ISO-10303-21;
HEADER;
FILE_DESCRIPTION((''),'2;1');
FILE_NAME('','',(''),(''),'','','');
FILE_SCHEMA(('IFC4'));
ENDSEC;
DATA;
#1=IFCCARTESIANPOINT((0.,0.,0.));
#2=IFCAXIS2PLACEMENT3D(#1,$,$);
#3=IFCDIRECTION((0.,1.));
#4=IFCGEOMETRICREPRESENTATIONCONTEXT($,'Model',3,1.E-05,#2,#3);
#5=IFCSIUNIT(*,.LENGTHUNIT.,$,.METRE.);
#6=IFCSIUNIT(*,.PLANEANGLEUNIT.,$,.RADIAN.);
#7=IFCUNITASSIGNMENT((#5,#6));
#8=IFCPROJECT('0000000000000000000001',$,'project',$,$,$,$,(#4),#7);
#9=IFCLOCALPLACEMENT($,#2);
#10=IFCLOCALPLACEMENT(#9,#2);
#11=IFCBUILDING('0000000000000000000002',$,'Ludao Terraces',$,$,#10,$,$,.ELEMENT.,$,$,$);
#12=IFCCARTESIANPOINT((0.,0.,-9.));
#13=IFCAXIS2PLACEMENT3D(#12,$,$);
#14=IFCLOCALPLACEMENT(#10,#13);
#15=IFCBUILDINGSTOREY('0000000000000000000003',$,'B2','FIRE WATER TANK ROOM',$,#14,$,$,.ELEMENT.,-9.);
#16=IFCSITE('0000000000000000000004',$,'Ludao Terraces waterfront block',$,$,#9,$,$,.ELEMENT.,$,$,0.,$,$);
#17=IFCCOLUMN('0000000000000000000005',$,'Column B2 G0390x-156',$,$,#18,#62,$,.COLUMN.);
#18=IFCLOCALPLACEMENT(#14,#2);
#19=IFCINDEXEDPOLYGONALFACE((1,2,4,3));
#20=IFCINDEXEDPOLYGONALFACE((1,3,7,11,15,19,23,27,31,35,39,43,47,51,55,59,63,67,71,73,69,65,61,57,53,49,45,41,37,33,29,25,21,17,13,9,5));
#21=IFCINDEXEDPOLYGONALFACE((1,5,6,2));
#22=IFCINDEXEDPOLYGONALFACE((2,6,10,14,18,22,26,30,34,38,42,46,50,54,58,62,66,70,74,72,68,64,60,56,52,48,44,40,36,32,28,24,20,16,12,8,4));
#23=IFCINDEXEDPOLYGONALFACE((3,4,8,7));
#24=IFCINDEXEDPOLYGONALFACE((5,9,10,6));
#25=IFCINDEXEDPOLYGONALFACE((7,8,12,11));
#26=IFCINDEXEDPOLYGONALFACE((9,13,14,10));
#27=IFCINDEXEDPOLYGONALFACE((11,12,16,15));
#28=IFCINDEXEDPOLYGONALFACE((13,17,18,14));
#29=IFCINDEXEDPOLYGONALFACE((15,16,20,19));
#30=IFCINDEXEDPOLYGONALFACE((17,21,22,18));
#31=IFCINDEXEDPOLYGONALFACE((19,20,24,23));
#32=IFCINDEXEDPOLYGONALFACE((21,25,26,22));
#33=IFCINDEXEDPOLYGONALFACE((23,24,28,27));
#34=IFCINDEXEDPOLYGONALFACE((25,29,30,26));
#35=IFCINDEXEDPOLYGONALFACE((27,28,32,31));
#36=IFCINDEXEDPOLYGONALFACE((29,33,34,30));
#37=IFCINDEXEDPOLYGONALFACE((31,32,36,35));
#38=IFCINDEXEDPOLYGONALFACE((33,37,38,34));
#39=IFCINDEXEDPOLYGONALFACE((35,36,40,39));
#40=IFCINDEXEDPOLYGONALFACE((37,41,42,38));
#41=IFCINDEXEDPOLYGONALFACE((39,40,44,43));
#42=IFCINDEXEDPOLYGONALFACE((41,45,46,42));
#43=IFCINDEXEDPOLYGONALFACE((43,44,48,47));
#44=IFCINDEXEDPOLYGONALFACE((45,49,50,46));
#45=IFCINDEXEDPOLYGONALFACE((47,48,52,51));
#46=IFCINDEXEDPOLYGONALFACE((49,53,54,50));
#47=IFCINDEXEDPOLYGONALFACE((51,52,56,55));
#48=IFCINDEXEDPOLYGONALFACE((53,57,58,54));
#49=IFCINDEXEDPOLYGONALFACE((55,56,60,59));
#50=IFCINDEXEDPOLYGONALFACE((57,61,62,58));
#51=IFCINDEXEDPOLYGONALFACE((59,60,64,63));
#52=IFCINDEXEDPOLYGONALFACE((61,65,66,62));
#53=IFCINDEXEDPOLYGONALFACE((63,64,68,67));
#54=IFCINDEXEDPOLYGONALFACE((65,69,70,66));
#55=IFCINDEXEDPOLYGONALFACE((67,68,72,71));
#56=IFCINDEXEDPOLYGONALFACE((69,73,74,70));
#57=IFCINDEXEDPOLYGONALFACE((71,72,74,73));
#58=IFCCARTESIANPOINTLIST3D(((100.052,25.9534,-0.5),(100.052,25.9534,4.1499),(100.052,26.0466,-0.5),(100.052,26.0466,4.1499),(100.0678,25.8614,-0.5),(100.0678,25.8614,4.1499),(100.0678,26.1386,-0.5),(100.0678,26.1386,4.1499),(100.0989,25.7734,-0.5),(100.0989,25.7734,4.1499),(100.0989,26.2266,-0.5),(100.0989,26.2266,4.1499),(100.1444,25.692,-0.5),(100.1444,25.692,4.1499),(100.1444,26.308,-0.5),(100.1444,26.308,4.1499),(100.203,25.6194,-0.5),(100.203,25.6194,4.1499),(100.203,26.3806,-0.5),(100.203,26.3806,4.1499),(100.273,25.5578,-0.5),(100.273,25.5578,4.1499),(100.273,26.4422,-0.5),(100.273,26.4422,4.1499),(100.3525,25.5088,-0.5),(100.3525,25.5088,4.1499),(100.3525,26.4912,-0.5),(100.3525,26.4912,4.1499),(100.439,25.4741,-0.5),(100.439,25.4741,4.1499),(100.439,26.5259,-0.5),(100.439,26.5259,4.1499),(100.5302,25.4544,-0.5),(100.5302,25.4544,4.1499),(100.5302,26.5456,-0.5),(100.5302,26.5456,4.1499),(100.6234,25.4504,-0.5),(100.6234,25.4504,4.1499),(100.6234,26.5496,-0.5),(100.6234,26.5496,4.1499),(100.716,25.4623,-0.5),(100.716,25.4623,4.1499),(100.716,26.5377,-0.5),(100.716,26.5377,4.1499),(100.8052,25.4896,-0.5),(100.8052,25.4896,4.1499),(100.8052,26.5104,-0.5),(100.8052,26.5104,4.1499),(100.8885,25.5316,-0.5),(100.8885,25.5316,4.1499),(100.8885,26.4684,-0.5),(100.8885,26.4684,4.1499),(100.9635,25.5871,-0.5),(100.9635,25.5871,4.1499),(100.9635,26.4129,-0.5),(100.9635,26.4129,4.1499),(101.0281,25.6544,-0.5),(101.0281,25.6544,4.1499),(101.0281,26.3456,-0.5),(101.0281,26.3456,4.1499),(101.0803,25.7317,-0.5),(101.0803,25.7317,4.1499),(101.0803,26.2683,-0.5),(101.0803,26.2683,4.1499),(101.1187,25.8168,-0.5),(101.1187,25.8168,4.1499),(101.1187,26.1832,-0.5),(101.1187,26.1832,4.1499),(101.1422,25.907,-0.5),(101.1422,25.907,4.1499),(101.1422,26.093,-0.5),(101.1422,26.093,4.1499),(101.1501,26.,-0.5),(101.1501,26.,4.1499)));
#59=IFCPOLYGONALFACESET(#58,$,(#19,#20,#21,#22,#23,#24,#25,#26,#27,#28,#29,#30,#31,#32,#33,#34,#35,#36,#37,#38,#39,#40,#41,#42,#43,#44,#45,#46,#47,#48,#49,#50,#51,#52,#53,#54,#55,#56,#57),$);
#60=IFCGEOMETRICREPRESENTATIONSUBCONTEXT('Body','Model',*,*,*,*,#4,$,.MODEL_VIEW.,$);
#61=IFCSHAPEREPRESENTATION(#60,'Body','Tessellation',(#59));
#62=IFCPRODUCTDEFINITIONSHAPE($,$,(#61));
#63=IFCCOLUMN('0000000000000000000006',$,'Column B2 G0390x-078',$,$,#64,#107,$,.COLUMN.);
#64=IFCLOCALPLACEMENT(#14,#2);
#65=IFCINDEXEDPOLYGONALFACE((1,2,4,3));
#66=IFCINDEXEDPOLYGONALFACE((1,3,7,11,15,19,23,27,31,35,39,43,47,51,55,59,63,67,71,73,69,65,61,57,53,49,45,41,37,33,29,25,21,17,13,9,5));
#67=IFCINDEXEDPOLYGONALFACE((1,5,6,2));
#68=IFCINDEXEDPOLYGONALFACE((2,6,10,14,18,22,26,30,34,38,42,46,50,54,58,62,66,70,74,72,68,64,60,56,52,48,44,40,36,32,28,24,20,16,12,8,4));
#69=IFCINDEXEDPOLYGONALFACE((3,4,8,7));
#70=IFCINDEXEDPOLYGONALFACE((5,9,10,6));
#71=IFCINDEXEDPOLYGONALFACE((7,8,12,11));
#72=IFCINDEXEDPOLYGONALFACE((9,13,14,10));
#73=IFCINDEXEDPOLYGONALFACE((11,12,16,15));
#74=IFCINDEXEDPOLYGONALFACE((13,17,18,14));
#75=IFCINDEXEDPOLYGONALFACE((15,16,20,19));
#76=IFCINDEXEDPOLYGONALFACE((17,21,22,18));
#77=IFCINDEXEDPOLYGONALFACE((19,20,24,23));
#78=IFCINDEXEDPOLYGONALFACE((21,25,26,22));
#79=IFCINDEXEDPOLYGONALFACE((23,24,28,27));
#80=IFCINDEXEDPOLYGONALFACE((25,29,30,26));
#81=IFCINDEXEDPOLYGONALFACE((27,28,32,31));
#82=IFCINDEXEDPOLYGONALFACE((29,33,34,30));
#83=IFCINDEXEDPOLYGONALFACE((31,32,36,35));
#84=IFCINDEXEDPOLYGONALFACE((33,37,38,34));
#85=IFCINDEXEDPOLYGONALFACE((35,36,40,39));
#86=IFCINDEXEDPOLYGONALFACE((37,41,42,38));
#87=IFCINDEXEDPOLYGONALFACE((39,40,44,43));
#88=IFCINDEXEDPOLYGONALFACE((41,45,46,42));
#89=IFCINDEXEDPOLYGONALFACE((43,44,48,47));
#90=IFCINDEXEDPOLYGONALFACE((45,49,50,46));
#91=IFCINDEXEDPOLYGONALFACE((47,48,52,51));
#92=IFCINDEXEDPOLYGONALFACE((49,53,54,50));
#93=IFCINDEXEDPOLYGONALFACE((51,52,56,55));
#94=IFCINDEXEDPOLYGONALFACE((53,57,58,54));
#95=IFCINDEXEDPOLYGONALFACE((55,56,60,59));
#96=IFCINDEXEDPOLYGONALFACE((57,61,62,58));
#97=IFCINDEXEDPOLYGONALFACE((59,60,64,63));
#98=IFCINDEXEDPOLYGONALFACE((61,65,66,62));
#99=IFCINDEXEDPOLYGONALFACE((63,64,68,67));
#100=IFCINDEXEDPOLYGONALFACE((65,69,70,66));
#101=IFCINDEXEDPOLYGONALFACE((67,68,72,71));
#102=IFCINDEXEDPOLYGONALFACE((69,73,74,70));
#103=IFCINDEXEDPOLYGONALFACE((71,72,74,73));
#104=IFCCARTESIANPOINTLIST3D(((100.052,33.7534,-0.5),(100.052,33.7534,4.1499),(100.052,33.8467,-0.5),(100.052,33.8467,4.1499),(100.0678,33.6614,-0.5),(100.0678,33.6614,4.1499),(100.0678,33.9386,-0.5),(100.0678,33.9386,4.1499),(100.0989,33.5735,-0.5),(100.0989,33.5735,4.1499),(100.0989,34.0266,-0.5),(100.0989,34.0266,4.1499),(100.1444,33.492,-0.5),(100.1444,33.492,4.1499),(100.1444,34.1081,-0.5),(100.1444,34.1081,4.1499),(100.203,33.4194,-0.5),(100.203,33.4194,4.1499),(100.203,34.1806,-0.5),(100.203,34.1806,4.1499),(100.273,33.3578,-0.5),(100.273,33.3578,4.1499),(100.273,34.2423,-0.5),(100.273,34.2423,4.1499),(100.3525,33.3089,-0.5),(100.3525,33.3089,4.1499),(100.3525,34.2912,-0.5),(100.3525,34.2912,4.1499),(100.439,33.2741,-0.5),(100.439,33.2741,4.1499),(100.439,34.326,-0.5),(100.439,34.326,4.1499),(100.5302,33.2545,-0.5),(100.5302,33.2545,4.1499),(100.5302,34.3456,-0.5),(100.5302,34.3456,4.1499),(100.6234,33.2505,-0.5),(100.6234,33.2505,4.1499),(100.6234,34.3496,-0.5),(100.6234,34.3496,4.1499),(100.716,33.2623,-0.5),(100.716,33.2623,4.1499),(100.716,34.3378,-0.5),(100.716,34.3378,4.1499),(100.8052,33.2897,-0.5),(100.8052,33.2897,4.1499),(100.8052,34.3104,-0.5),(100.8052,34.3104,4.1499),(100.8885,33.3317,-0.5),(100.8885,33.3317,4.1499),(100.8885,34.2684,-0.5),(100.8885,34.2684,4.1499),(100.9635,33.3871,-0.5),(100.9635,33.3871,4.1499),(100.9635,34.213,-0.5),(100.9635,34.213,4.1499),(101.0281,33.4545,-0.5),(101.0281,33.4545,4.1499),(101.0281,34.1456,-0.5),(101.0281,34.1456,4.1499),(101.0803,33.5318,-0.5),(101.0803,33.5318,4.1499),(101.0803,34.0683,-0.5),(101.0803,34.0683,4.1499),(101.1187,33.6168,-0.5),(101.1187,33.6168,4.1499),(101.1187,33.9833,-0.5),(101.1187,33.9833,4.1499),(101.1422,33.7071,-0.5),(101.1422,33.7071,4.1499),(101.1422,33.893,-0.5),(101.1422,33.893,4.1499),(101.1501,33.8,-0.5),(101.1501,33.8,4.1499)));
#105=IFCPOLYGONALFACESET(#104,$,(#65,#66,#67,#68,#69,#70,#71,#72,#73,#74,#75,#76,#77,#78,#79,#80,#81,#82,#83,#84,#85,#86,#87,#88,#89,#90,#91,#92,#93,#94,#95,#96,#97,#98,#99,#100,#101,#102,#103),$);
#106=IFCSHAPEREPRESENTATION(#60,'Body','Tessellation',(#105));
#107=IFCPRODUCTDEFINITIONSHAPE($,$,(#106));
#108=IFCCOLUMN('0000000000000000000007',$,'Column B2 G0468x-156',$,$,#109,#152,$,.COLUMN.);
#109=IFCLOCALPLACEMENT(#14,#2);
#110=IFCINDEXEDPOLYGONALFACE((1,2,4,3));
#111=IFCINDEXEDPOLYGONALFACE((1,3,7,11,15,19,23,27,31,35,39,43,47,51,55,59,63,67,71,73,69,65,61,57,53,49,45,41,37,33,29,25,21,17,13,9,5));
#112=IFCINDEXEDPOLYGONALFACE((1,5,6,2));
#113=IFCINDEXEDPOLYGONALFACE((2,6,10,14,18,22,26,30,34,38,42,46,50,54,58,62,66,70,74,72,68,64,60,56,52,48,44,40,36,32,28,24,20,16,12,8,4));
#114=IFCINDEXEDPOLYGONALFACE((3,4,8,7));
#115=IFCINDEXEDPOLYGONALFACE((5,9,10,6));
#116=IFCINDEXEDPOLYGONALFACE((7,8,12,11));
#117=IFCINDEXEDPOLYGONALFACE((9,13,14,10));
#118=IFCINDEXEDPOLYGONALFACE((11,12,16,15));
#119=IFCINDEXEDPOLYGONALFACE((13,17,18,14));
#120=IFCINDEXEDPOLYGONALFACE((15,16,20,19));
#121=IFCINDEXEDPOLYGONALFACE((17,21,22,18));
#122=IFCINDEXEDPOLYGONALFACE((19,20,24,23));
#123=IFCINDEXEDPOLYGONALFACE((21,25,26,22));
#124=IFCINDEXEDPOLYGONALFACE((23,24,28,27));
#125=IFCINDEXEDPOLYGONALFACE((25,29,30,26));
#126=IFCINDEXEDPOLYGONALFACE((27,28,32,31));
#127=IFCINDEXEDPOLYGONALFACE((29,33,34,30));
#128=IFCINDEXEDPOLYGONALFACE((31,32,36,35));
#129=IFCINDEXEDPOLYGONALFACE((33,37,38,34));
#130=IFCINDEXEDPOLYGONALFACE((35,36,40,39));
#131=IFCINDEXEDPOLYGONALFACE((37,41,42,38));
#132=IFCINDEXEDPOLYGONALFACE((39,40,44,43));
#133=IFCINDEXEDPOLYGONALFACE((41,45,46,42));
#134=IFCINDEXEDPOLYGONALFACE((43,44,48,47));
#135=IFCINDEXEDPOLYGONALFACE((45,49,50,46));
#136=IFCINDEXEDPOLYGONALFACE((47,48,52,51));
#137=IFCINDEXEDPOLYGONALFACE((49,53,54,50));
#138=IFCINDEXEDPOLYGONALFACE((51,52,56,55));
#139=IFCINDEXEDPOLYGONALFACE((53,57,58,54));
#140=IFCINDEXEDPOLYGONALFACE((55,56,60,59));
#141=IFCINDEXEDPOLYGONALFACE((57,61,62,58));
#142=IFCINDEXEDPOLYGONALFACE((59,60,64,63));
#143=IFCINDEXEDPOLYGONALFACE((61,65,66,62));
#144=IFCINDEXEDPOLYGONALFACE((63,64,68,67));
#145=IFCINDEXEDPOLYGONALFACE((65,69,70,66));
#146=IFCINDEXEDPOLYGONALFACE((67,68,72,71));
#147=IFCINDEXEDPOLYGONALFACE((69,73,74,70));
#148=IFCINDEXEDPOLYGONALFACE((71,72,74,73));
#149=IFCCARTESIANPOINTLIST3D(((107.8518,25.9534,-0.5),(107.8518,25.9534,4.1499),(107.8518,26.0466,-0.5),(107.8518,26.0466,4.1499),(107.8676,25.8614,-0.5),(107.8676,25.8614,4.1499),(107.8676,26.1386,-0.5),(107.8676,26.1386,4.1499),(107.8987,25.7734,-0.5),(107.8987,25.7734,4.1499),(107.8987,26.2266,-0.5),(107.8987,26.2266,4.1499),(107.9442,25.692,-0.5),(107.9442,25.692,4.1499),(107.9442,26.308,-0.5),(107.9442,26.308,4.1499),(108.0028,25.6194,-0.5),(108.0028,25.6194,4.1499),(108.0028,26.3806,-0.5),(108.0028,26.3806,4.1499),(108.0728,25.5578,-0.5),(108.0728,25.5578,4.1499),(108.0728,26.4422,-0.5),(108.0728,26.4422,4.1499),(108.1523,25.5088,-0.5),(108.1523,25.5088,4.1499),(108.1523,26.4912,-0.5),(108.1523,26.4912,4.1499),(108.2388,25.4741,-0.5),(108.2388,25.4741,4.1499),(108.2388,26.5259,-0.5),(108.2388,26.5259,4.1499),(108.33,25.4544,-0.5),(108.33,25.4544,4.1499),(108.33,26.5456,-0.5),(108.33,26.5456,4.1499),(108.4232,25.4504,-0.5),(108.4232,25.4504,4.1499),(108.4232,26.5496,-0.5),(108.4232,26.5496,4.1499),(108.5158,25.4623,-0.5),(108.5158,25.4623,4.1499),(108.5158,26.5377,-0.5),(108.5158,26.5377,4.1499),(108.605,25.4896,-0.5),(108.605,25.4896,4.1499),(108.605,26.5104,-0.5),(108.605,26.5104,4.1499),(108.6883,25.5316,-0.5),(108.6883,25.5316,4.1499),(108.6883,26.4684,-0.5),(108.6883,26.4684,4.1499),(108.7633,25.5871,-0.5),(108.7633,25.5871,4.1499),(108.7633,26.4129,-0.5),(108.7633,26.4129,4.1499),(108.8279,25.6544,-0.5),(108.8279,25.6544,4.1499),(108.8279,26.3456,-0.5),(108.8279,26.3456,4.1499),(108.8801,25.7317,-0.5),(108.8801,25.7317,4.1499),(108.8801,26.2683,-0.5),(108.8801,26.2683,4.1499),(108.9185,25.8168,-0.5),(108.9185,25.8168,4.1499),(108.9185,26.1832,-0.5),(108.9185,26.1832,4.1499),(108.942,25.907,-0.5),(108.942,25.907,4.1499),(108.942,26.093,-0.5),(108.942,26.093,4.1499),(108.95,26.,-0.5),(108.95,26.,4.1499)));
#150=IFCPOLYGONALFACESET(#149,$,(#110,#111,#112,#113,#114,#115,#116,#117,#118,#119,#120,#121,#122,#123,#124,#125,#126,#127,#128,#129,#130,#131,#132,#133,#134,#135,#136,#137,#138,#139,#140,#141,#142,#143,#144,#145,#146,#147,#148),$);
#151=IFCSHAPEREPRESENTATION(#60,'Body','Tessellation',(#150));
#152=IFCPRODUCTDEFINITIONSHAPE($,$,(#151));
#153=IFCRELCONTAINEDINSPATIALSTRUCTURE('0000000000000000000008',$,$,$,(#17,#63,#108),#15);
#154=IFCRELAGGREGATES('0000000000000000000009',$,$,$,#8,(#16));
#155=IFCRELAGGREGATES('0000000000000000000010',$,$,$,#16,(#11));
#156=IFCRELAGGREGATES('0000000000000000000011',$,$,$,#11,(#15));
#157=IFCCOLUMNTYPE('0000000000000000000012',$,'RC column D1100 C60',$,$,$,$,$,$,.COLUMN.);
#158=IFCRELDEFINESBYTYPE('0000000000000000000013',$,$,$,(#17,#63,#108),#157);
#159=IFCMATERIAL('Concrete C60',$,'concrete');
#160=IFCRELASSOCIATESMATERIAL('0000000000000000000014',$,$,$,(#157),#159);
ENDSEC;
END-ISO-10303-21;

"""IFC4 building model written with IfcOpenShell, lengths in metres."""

from ifc_helpers import new_model, si_unit, direction, frame, origin, origin_2d, place, context, subcontext, project, spatial, circle, extrude, material, material_profile, profile_set, type_object, element, save


model = new_model("IFC4")

# Units and contexts
model_context = context("Model", 3, precision=1e-05, world=origin(), true_north=direction((0.0, 1.0)))
body_context = subcontext(model_context, "Body", "Model", "MODEL_VIEW")
ifc_project = project(units=[si_unit("LENGTHUNIT", "METRE"), si_unit("PLANEANGLEUNIT", "RADIAN")], contexts=[model_context])

# Site, building, storey
site_placement = place(None, origin())
site = spatial("IfcSite", under=ifc_project, at=site_placement, Name="Ludao Terraces waterfront block", CompositionType="ELEMENT", RefElevation=0.0)
building_placement = place(site_placement, origin())
building = spatial("IfcBuilding", under=site, at=building_placement, Name="Ludao Terraces", CompositionType="ELEMENT")
storey_placement = place(building_placement, frame((0.0, 0.0, -9.0)))
storey = spatial("IfcBuildingStorey", under=building, at=storey_placement, Name="B2", Description="FIRE WATER TANK ROOM", CompositionType="ELEMENT", Elevation=-9.0)

# Columns
ifc_material_1 = material(Name="Concrete C60", Category="concrete")
ifc_material_profile_1 = material_profile(ifc_material_1, circle(Radius=0.55, at=origin_2d()), Name="D1100")
ifc_profile_set_1 = profile_set([ifc_material_profile_1], Name="Concrete C60")
column_type_1 = type_object("IfcColumnType", Name="RC column D1100 C60", PredefinedType="COLUMN", material=ifc_profile_set_1)
for number, where, z_axis, x_axis, name in (
    (1, (100.6001, 26.0, -0.5), (0.0, 0.0, 1.0), (1.0, 0.0, 0.0), "Column B2 G0390x-156"),
    (2, (100.6001, 33.8, -0.5), (0.0, 0.0, 1.0), (1.0, 0.0, 0.0), "Column B2 G0390x-078"),
    (3, (108.3999, 26.0, -0.5), (0.0, 0.0, 1.0), (1.0, 0.0, 0.0), "Column B2 G0468x-156"),
):
    element("IfcColumn", number, at=place(storey_placement, frame(where, z_axis=z_axis, x_axis=x_axis)), inside=storey, type_object=column_type_1, Name=name, PredefinedType="COLUMN", context=body_context, shape_type="SweptSolid", body=[
        extrude(circle(Radius=0.55, at=origin_2d()), origin(), (0.0, 0.0, 1.0), 4.6499),
    ])

save(model, "model.ifc")
